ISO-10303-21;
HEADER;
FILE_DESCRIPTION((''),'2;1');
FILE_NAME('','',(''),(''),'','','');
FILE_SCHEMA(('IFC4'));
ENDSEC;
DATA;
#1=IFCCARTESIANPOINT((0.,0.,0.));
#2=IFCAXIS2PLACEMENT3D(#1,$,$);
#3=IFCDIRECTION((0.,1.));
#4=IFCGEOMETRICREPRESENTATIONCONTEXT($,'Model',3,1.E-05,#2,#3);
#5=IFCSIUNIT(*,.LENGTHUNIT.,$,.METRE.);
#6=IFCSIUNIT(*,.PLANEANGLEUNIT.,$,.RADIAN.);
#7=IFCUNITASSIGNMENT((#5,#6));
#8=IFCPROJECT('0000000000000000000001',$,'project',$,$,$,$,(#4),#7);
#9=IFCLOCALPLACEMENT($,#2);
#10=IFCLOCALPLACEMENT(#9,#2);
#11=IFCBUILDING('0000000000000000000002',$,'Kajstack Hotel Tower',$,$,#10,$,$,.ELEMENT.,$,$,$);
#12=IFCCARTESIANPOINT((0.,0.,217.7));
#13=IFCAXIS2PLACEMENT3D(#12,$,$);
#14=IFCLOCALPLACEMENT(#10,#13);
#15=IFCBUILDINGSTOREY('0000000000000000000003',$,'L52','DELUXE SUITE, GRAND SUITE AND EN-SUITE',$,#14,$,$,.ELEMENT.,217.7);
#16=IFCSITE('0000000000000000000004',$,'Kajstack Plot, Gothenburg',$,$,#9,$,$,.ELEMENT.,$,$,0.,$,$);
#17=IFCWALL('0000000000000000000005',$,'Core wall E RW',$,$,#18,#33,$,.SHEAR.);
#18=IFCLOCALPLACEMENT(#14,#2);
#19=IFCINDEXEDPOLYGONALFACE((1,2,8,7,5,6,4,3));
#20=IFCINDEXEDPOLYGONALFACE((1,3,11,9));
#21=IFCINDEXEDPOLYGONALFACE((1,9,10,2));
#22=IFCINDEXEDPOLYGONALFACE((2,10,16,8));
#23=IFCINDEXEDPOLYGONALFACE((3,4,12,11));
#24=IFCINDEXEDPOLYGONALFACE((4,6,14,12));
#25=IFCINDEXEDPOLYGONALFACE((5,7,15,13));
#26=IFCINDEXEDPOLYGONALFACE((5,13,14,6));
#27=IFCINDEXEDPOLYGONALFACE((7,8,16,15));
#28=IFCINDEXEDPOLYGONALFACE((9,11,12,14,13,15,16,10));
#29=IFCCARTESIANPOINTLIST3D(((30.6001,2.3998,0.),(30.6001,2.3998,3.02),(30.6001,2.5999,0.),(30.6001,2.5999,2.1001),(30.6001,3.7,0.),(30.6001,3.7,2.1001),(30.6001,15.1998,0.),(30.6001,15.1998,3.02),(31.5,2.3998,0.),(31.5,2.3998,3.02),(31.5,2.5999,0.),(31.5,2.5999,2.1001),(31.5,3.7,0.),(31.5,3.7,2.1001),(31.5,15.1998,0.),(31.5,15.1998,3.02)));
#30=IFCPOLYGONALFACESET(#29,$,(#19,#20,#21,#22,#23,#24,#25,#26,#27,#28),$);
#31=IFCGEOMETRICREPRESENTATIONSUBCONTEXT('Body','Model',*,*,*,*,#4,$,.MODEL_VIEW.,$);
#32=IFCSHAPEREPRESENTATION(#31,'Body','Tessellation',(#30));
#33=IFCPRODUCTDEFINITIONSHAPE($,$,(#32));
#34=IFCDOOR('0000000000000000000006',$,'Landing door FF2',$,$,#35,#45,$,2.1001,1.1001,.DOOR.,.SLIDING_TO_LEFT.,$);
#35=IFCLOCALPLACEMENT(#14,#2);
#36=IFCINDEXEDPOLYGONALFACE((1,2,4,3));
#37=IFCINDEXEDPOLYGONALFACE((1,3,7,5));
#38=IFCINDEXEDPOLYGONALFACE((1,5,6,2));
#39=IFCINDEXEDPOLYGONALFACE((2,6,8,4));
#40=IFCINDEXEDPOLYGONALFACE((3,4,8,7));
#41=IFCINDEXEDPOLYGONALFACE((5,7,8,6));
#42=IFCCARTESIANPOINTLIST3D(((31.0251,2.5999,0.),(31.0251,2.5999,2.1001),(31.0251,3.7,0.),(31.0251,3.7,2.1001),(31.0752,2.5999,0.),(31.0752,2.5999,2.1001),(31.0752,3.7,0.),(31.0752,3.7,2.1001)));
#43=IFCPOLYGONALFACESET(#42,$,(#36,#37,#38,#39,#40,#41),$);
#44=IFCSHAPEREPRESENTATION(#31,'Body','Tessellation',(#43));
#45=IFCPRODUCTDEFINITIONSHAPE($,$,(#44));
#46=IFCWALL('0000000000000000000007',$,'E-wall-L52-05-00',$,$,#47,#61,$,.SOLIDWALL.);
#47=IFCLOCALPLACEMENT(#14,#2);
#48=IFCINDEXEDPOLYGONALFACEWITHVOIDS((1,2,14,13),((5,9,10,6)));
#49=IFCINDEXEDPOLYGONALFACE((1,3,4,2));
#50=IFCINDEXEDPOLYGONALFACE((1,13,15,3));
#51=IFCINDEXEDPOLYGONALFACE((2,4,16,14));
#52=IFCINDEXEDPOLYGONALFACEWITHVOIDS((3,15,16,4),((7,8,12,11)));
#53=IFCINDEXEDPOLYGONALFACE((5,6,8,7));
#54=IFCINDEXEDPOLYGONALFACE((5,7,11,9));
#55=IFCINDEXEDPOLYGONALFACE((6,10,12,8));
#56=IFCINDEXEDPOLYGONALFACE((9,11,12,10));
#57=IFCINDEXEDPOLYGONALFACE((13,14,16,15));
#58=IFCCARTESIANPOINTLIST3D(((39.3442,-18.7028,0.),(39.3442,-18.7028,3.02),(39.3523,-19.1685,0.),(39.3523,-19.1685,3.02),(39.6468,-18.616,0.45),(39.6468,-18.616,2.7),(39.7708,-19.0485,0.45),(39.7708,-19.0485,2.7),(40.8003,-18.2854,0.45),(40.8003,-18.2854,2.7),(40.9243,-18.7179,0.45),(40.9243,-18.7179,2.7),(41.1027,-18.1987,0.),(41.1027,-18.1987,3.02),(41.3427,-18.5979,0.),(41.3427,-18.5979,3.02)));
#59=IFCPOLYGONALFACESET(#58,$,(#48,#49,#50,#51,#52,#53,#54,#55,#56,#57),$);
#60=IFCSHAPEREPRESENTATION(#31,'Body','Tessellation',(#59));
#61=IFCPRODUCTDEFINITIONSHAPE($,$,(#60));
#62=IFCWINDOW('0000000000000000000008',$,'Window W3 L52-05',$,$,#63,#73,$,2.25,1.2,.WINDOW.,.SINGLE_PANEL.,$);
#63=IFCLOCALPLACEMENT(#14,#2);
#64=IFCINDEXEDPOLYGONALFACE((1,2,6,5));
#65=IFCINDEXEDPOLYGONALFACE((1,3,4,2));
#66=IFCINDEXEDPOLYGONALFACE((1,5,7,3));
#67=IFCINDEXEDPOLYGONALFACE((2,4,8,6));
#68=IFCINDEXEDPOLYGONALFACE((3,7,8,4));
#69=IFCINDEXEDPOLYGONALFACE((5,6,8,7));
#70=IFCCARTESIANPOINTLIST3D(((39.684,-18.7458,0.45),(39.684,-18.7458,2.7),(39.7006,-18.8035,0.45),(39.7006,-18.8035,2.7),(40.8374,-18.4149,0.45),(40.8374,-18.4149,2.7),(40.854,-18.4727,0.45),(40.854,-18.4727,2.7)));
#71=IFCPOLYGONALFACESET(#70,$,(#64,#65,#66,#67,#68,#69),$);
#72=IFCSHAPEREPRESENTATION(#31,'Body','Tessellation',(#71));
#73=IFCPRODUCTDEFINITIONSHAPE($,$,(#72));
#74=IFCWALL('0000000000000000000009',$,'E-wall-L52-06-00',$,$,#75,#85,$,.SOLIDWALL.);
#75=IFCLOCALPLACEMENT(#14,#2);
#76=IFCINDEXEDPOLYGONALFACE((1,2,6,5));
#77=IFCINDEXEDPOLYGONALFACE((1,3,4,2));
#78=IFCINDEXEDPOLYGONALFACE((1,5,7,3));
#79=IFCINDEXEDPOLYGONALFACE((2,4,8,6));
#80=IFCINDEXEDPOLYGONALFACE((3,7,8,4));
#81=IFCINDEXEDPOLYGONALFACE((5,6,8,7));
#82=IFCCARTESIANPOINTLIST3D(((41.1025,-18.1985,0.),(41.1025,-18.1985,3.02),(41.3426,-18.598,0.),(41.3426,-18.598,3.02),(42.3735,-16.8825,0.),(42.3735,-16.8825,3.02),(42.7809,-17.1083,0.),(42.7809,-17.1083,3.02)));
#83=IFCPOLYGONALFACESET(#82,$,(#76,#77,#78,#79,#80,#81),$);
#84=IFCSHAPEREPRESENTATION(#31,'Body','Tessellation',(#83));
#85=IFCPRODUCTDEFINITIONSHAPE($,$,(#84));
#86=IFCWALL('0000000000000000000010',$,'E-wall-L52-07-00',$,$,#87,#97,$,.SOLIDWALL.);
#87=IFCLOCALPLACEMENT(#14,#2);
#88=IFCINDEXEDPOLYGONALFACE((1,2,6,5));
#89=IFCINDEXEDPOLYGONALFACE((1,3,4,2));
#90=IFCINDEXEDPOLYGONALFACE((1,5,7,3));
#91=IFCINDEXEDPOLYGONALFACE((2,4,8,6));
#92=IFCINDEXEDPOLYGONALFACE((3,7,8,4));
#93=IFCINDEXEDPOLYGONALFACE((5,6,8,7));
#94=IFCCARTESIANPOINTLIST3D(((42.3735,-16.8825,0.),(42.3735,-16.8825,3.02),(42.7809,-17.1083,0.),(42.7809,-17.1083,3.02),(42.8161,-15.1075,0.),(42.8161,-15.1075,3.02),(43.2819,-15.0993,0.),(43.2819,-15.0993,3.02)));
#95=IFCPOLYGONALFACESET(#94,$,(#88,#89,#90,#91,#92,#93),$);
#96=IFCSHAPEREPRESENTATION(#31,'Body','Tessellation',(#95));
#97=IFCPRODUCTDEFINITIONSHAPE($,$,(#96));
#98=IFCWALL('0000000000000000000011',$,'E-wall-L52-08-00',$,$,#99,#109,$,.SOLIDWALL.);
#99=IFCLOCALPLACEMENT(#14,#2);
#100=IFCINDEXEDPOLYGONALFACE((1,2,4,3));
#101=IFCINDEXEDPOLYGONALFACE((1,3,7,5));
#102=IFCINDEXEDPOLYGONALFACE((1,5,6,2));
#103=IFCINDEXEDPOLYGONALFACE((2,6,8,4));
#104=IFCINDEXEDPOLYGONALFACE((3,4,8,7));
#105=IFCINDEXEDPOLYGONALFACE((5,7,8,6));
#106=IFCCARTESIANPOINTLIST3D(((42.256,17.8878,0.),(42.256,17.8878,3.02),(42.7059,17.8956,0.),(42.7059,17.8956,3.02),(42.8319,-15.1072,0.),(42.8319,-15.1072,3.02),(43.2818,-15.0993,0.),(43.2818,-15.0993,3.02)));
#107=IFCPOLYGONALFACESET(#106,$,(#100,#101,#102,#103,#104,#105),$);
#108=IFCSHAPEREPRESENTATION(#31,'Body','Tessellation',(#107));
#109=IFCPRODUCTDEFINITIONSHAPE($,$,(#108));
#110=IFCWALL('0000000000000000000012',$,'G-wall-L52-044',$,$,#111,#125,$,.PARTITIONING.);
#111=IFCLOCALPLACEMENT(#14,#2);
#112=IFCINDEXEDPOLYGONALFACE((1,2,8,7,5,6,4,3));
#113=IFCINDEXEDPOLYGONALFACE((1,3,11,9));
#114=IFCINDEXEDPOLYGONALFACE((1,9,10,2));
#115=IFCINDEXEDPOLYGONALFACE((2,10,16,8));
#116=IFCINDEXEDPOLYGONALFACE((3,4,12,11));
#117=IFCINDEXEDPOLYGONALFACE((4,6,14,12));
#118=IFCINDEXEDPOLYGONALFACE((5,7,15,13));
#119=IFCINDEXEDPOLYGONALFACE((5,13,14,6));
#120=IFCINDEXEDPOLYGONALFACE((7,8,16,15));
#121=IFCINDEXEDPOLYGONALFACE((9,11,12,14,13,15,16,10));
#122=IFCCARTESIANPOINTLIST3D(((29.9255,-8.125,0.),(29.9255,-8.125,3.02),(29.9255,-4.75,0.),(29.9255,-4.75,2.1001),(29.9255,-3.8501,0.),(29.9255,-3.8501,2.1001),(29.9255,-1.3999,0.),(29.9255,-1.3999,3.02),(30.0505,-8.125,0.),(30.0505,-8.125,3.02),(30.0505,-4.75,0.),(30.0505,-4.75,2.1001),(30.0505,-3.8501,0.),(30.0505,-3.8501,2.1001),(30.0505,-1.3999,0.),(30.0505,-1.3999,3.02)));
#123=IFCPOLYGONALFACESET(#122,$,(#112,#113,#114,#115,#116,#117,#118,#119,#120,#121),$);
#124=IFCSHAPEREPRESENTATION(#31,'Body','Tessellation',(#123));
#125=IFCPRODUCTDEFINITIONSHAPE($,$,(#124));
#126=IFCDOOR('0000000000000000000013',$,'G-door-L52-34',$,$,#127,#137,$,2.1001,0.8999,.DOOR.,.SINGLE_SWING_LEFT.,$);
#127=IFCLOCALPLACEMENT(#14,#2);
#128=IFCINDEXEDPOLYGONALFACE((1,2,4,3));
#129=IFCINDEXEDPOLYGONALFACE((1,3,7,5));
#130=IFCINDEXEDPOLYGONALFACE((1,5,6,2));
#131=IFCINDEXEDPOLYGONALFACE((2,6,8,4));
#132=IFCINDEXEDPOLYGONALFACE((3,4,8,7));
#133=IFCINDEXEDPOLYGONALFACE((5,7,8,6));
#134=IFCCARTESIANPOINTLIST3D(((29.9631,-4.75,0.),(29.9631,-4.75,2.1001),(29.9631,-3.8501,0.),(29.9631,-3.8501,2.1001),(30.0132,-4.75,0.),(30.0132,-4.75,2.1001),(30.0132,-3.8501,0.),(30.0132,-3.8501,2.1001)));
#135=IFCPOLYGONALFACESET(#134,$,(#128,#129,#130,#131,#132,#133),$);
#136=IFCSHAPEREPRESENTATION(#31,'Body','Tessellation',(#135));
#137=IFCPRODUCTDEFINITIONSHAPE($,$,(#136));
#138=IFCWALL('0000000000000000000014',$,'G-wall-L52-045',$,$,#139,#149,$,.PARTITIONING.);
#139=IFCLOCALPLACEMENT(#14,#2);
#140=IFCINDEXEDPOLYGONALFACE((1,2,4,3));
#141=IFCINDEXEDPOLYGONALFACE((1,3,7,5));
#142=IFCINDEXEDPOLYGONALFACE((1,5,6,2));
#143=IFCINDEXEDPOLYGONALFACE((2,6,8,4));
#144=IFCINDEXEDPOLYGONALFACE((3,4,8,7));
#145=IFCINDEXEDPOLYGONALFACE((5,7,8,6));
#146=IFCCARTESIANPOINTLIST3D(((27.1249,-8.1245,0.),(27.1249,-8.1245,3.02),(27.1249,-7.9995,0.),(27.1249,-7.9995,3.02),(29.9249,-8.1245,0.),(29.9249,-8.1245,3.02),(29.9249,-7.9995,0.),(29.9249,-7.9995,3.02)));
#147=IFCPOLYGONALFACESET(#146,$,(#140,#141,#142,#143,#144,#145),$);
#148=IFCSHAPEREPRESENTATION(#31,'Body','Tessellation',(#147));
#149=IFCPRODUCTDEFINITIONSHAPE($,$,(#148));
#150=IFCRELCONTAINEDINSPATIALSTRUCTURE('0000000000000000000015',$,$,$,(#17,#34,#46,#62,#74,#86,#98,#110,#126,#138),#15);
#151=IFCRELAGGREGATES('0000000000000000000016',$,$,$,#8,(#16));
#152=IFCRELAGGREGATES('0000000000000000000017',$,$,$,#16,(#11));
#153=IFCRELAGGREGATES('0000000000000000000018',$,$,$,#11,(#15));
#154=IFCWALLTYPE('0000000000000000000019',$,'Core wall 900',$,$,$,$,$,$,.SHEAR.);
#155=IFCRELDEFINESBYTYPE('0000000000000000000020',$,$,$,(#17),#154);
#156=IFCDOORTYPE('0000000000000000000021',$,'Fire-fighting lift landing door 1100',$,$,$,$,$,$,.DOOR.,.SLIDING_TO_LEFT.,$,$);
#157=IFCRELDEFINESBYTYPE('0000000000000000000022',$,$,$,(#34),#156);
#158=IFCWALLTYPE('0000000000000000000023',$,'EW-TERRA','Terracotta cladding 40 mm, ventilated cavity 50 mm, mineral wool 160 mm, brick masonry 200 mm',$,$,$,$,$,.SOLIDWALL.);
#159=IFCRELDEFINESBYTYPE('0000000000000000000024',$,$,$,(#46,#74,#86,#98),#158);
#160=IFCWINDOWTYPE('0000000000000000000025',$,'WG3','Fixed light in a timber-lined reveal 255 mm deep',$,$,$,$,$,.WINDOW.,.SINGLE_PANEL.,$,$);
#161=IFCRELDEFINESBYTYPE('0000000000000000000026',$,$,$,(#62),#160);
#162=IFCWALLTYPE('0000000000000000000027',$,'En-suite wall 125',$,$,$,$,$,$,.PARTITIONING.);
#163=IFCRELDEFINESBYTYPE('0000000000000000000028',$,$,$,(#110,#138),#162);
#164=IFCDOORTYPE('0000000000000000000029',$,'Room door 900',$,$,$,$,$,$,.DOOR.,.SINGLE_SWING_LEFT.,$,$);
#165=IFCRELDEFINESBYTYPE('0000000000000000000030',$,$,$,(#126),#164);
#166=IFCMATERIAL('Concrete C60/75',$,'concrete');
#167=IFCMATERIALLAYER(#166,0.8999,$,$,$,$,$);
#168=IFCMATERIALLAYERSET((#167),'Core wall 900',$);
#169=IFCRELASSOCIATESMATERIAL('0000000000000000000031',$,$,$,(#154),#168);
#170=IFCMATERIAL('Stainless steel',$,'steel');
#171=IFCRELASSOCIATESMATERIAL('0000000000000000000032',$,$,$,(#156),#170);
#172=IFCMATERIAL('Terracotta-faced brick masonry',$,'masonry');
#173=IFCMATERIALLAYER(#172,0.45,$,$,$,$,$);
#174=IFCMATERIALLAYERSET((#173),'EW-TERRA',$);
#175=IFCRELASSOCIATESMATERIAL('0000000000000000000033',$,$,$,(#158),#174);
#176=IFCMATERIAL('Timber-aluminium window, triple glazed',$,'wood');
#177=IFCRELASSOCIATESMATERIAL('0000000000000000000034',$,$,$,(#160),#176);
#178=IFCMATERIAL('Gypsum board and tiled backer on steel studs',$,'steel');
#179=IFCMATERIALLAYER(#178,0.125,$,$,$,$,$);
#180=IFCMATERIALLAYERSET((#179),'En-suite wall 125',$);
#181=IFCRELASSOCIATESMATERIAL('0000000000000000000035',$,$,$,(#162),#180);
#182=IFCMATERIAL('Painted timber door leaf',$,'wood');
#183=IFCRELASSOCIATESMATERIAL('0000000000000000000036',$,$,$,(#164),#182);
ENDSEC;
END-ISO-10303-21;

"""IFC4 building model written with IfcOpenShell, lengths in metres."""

from ifc_helpers import new_model, si_unit, direction, frame, frame_2d, origin, place, context, subcontext, project, spatial, polyline, rectangle, outline, extrude, material, layer, layer_set, type_object, element, fill, save


model = new_model("IFC4")

# Units and contexts
model_context = context("Model", 3, precision=1e-05, world=origin(), true_north=direction((0.0, 1.0)))
body_context = subcontext(model_context, "Body", "Model", "MODEL_VIEW")
ifc_project = project(units=[si_unit("LENGTHUNIT", "METRE"), si_unit("PLANEANGLEUNIT", "RADIAN")], contexts=[model_context])

# Site, building, storey
site_placement = place(None, origin())
site = spatial("IfcSite", under=ifc_project, at=site_placement, Name="Kajstack Plot, Gothenburg", CompositionType="ELEMENT", RefElevation=0.0)
building_placement = place(site_placement, origin())
building = spatial("IfcBuilding", under=site, at=building_placement, Name="Kajstack Hotel Tower", CompositionType="ELEMENT")
storey_placement = place(building_placement, frame((0.0, 0.0, 217.7)))
storey = spatial("IfcBuildingStorey", under=building, at=storey_placement, Name="L52", Description="DELUXE SUITE, GRAND SUITE AND EN-SUITE", CompositionType="ELEMENT", Elevation=217.7)

# Wall, opening, door
ifc_material_1 = material(Name="Concrete C60/75", Category="concrete")
ifc_layer_1 = layer(ifc_material_1, 0.8999)
ifc_layer_set_1 = layer_set([ifc_layer_1], Name="Core wall 900")
wall_type_1 = type_object("IfcWallType", Name="Core wall 900", PredefinedType="SHEAR", material=ifc_layer_set_1)
wall_1_placement = place(storey_placement, frame((31.05, 2.3999, 0.0), z_axis=(0.0, 0.0, 1.0), x_axis=(0.0, 1.0, 0.0)))
wall_1 = element("IfcWall", 1, at=wall_1_placement, inside=storey, type_object=wall_type_1, Name="Core wall E RW", PredefinedType="SHEAR", context=body_context, shape_type="SweptSolid", body=[
    extrude(rectangle(XDim=12.8, YDim=0.8999, at=frame_2d((6.3999, 0.0))), origin(), (0.0, 0.0, 1.0), 3.02),
])
opening_1_placement = place(wall_1_placement, frame((0.2, 0.0, 0.0)))
opening_1 = element("IfcOpeningElement", 2, at=opening_1_placement, cuts=wall_1, PredefinedType="OPENING", context=body_context, shape_type="SweptSolid", body=[
    extrude(rectangle(XDim=1.1001, YDim=2.1001, at=frame_2d((0.55, 1.05))), frame((0.0, 0.46, 0.0), z_axis=(0.0, -1.0, 0.0), x_axis=(1.0, 0.0, 0.0)), (0.0, 0.0, 1.0), 0.9199),
])
ifc_material_2 = material(Name="Stainless steel", Category="steel")
door_type_1 = type_object("IfcDoorType", Name="Fire-fighting lift landing door 1100", OperationType="SLIDING_TO_LEFT", PredefinedType="DOOR", material=ifc_material_2)
door_1_placement = place(opening_1_placement, origin())
door_1 = element("IfcDoor", 3, at=door_1_placement, inside=storey, type_object=door_type_1, Name="Landing door FF2", OperationType="SLIDING_TO_LEFT", OverallHeight=2.1001, OverallWidth=1.1001, PredefinedType="DOOR", context=body_context, shape_type="SweptSolid", body=[
    extrude(rectangle(XDim=1.1001, YDim=2.1001, at=frame_2d((0.55, 1.05))), frame((0.0, 0.0249, 0.0), z_axis=(0.0, -1.0, 0.0), x_axis=(1.0, 0.0, 0.0)), (0.0, 0.0, 1.0), 0.05),
])
fill(opening_1, door_1)

# Wall, opening, window
ifc_material_3 = material(Name="Terracotta-faced brick masonry", Category="masonry")
ifc_layer_2 = layer(ifc_material_3, 0.45)
ifc_layer_set_2 = layer_set([ifc_layer_2], Name="EW-TERRA")
wall_type_2 = type_object("IfcWallType", Name="EW-TERRA", Description="Terracotta cladding 40 mm, ventilated cavity 50 mm, mineral wool 160 mm, brick masonry 200 mm", PredefinedType="SOLIDWALL", material=ifc_layer_set_2)
wall_2_placement = place(storey_placement, frame((39.2903, -18.9524, 0.0), z_axis=(0.0, 0.0, 1.0), x_axis=(0.961248, 0.275687, 0.0)))
wall_2 = element("IfcWall", 4, at=wall_2_placement, inside=storey, type_object=wall_type_2, Name="E-wall-L52-05-00", PredefinedType="SOLIDWALL", context=body_context, shape_type="SweptSolid", body=[
    extrude(outline(polyline([(0.0, -0.2249), (2.0706, -0.2251), (1.95, 0.2249), (0.1206, 0.2251), (0.0, -0.2249)])), origin(), (0.0, 0.0, 1.0), 3.02),
])
opening_2_placement = place(wall_2_placement, frame((0.4353, 0.0, 0.45)))
opening_2 = element("IfcOpeningElement", 5, at=opening_2_placement, cuts=wall_2, PredefinedType="OPENING", context=body_context, shape_type="SweptSolid", body=[
    extrude(rectangle(XDim=1.2, YDim=2.25, at=frame_2d((0.6001, 1.125))), frame((0.0, 0.2349, 0.0), z_axis=(0.0, -1.0, 0.0), x_axis=(1.0, 0.0, 0.0)), (0.0, 0.0, 1.0), 0.47),
])
ifc_material_4 = material(Name="Timber-aluminium window, triple glazed", Category="wood")
window_type = type_object("IfcWindowType", Name="WG3", Description="Fixed light in a timber-lined reveal 255 mm deep", PartitioningType="SINGLE_PANEL", PredefinedType="WINDOW", material=ifc_material_4)
window_placement = place(opening_2_placement, origin())
window = element("IfcWindow", 6, at=window_placement, inside=storey, type_object=window_type, Name="Window W3 L52-05", OverallHeight=2.25, OverallWidth=1.2, PartitioningType="SINGLE_PANEL", PredefinedType="WINDOW", context=body_context, shape_type="SweptSolid", body=[
    extrude(rectangle(XDim=1.2, YDim=2.25, at=frame_2d((0.6001, 1.125))), frame((0.0, 0.0901, 0.0), z_axis=(0.0, -1.0, 0.0), x_axis=(1.0, 0.0, 0.0)), (0.0, 0.0, 1.0), 0.0601),
])
fill(opening_2, window)

# Walls
wall_3_placement = place(storey_placement, frame((41.1807, -18.4417, 0.0), z_axis=(0.0, 0.0, 1.0), x_axis=(0.694679, 0.71932, 0.0)))
element("IfcWall", 7, at=wall_3_placement, inside=storey, type_object=wall_type_2, Name="E-wall-L52-06-00", PredefinedType="SOLIDWALL", context=body_context, shape_type="SweptSolid", body=[
    extrude(outline(polyline([(0.0, -0.2251), (2.0708, -0.2249), (1.9502, 0.2251), (0.1206, 0.2251), (0.0, -0.2251)])), origin(), (0.0, 0.0, 1.0), 3.02),
])
wall_4_placement = place(storey_placement, frame((42.5627, -17.054, 0.0), z_axis=(0.0, 0.0, 1.0), x_axis=(0.241842, 0.970316, 0.0)))
element("IfcWall", 8, at=wall_4_placement, inside=storey, type_object=wall_type_2, Name="E-wall-L52-07-00", PredefinedType="SOLIDWALL", context=body_context, shape_type="SweptSolid", body=[
    extrude(outline(polyline([(0.0, -0.2249), (2.0706, -0.2251), (1.95, 0.2249), (0.1206, 0.2251), (0.0, -0.2249)])), origin(), (0.0, 0.0, 1.0), 3.02),
])
wall_5_placement = place(storey_placement, frame((43.0569, -15.1033, 0.0), z_axis=(0.0, 0.0, 1.0), x_axis=(-0.017452, 0.999848, 0.0)))
element("IfcWall", 9, at=wall_5_placement, inside=storey, type_object=wall_type_2, Name="E-wall-L52-08-00", PredefinedType="SOLIDWALL", context=body_context, shape_type="SweptSolid", body=[
    extrude(rectangle(XDim=33.0, YDim=0.45, at=frame_2d((16.5, 0.0))), origin(), (0.0, 0.0, 1.0), 3.02),
])

# Wall, opening, door
ifc_material_5 = material(Name="Gypsum board and tiled backer on steel studs", Category="steel")
ifc_layer_3 = layer(ifc_material_5, 0.125)
ifc_layer_set_3 = layer_set([ifc_layer_3], Name="En-suite wall 125")
wall_type_3 = type_object("IfcWallType", Name="En-suite wall 125", PredefinedType="PARTITIONING", material=ifc_layer_set_3)
wall_6_placement = place(storey_placement, frame((29.988, -8.125, 0.0), z_axis=(0.0, 0.0, 1.0), x_axis=(0.0, 1.0, 0.0)))
wall_6 = element("IfcWall", 10, at=wall_6_placement, inside=storey, type_object=wall_type_3, Name="G-wall-L52-044", PredefinedType="PARTITIONING", context=body_context, shape_type="SweptSolid", body=[
    extrude(rectangle(XDim=6.7251, YDim=0.125, at=frame_2d((3.3625, 0.0))), origin(), (0.0, 0.0, 1.0), 3.02),
])
opening_3_placement = place(wall_6_placement, frame((3.375, 0.0, 0.0)))
opening_3 = element("IfcOpeningElement", 11, at=opening_3_placement, cuts=wall_6, PredefinedType="OPENING", context=body_context, shape_type="SweptSolid", body=[
    extrude(rectangle(XDim=0.8999, YDim=2.1001, at=frame_2d((0.45, 1.05))), frame((0.0, 0.0725, 0.0), z_axis=(0.0, -1.0, 0.0), x_axis=(1.0, 0.0, 0.0)), (0.0, 0.0, 1.0), 0.145),
])
ifc_material_6 = material(Name="Painted timber door leaf", Category="wood")
door_type_2 = type_object("IfcDoorType", Name="Room door 900", OperationType="SINGLE_SWING_LEFT", PredefinedType="DOOR", material=ifc_material_6)
door_2_placement = place(opening_3_placement, origin())
door_2 = element("IfcDoor", 12, at=door_2_placement, inside=storey, type_object=door_type_2, Name="G-door-L52-34", OperationType="SINGLE_SWING_LEFT", OverallHeight=2.1001, OverallWidth=0.8999, PredefinedType="DOOR", context=body_context, shape_type="SweptSolid", body=[
    extrude(rectangle(XDim=0.8999, YDim=2.1001, at=frame_2d((0.45, 1.05))), frame((0.0, 0.0249, 0.0), z_axis=(0.0, -1.0, 0.0), x_axis=(1.0, 0.0, 0.0)), (0.0, 0.0, 1.0), 0.05),
])
fill(opening_3, door_2)

# Wall
wall_7_placement = place(storey_placement, frame((27.125, -8.062, 0.0), z_axis=(0.0, 0.0, 1.0), x_axis=(1.0, 0.0, 0.0)))
element("IfcWall", 13, at=wall_7_placement, inside=storey, type_object=wall_type_3, Name="G-wall-L52-045", PredefinedType="PARTITIONING", context=body_context, shape_type="SweptSolid", body=[
    extrude(rectangle(XDim=2.8, YDim=0.125, at=frame_2d((1.3999, 0.0))), origin(), (0.0, 0.0, 1.0), 3.02),
])

save(model, "model.ifc")
